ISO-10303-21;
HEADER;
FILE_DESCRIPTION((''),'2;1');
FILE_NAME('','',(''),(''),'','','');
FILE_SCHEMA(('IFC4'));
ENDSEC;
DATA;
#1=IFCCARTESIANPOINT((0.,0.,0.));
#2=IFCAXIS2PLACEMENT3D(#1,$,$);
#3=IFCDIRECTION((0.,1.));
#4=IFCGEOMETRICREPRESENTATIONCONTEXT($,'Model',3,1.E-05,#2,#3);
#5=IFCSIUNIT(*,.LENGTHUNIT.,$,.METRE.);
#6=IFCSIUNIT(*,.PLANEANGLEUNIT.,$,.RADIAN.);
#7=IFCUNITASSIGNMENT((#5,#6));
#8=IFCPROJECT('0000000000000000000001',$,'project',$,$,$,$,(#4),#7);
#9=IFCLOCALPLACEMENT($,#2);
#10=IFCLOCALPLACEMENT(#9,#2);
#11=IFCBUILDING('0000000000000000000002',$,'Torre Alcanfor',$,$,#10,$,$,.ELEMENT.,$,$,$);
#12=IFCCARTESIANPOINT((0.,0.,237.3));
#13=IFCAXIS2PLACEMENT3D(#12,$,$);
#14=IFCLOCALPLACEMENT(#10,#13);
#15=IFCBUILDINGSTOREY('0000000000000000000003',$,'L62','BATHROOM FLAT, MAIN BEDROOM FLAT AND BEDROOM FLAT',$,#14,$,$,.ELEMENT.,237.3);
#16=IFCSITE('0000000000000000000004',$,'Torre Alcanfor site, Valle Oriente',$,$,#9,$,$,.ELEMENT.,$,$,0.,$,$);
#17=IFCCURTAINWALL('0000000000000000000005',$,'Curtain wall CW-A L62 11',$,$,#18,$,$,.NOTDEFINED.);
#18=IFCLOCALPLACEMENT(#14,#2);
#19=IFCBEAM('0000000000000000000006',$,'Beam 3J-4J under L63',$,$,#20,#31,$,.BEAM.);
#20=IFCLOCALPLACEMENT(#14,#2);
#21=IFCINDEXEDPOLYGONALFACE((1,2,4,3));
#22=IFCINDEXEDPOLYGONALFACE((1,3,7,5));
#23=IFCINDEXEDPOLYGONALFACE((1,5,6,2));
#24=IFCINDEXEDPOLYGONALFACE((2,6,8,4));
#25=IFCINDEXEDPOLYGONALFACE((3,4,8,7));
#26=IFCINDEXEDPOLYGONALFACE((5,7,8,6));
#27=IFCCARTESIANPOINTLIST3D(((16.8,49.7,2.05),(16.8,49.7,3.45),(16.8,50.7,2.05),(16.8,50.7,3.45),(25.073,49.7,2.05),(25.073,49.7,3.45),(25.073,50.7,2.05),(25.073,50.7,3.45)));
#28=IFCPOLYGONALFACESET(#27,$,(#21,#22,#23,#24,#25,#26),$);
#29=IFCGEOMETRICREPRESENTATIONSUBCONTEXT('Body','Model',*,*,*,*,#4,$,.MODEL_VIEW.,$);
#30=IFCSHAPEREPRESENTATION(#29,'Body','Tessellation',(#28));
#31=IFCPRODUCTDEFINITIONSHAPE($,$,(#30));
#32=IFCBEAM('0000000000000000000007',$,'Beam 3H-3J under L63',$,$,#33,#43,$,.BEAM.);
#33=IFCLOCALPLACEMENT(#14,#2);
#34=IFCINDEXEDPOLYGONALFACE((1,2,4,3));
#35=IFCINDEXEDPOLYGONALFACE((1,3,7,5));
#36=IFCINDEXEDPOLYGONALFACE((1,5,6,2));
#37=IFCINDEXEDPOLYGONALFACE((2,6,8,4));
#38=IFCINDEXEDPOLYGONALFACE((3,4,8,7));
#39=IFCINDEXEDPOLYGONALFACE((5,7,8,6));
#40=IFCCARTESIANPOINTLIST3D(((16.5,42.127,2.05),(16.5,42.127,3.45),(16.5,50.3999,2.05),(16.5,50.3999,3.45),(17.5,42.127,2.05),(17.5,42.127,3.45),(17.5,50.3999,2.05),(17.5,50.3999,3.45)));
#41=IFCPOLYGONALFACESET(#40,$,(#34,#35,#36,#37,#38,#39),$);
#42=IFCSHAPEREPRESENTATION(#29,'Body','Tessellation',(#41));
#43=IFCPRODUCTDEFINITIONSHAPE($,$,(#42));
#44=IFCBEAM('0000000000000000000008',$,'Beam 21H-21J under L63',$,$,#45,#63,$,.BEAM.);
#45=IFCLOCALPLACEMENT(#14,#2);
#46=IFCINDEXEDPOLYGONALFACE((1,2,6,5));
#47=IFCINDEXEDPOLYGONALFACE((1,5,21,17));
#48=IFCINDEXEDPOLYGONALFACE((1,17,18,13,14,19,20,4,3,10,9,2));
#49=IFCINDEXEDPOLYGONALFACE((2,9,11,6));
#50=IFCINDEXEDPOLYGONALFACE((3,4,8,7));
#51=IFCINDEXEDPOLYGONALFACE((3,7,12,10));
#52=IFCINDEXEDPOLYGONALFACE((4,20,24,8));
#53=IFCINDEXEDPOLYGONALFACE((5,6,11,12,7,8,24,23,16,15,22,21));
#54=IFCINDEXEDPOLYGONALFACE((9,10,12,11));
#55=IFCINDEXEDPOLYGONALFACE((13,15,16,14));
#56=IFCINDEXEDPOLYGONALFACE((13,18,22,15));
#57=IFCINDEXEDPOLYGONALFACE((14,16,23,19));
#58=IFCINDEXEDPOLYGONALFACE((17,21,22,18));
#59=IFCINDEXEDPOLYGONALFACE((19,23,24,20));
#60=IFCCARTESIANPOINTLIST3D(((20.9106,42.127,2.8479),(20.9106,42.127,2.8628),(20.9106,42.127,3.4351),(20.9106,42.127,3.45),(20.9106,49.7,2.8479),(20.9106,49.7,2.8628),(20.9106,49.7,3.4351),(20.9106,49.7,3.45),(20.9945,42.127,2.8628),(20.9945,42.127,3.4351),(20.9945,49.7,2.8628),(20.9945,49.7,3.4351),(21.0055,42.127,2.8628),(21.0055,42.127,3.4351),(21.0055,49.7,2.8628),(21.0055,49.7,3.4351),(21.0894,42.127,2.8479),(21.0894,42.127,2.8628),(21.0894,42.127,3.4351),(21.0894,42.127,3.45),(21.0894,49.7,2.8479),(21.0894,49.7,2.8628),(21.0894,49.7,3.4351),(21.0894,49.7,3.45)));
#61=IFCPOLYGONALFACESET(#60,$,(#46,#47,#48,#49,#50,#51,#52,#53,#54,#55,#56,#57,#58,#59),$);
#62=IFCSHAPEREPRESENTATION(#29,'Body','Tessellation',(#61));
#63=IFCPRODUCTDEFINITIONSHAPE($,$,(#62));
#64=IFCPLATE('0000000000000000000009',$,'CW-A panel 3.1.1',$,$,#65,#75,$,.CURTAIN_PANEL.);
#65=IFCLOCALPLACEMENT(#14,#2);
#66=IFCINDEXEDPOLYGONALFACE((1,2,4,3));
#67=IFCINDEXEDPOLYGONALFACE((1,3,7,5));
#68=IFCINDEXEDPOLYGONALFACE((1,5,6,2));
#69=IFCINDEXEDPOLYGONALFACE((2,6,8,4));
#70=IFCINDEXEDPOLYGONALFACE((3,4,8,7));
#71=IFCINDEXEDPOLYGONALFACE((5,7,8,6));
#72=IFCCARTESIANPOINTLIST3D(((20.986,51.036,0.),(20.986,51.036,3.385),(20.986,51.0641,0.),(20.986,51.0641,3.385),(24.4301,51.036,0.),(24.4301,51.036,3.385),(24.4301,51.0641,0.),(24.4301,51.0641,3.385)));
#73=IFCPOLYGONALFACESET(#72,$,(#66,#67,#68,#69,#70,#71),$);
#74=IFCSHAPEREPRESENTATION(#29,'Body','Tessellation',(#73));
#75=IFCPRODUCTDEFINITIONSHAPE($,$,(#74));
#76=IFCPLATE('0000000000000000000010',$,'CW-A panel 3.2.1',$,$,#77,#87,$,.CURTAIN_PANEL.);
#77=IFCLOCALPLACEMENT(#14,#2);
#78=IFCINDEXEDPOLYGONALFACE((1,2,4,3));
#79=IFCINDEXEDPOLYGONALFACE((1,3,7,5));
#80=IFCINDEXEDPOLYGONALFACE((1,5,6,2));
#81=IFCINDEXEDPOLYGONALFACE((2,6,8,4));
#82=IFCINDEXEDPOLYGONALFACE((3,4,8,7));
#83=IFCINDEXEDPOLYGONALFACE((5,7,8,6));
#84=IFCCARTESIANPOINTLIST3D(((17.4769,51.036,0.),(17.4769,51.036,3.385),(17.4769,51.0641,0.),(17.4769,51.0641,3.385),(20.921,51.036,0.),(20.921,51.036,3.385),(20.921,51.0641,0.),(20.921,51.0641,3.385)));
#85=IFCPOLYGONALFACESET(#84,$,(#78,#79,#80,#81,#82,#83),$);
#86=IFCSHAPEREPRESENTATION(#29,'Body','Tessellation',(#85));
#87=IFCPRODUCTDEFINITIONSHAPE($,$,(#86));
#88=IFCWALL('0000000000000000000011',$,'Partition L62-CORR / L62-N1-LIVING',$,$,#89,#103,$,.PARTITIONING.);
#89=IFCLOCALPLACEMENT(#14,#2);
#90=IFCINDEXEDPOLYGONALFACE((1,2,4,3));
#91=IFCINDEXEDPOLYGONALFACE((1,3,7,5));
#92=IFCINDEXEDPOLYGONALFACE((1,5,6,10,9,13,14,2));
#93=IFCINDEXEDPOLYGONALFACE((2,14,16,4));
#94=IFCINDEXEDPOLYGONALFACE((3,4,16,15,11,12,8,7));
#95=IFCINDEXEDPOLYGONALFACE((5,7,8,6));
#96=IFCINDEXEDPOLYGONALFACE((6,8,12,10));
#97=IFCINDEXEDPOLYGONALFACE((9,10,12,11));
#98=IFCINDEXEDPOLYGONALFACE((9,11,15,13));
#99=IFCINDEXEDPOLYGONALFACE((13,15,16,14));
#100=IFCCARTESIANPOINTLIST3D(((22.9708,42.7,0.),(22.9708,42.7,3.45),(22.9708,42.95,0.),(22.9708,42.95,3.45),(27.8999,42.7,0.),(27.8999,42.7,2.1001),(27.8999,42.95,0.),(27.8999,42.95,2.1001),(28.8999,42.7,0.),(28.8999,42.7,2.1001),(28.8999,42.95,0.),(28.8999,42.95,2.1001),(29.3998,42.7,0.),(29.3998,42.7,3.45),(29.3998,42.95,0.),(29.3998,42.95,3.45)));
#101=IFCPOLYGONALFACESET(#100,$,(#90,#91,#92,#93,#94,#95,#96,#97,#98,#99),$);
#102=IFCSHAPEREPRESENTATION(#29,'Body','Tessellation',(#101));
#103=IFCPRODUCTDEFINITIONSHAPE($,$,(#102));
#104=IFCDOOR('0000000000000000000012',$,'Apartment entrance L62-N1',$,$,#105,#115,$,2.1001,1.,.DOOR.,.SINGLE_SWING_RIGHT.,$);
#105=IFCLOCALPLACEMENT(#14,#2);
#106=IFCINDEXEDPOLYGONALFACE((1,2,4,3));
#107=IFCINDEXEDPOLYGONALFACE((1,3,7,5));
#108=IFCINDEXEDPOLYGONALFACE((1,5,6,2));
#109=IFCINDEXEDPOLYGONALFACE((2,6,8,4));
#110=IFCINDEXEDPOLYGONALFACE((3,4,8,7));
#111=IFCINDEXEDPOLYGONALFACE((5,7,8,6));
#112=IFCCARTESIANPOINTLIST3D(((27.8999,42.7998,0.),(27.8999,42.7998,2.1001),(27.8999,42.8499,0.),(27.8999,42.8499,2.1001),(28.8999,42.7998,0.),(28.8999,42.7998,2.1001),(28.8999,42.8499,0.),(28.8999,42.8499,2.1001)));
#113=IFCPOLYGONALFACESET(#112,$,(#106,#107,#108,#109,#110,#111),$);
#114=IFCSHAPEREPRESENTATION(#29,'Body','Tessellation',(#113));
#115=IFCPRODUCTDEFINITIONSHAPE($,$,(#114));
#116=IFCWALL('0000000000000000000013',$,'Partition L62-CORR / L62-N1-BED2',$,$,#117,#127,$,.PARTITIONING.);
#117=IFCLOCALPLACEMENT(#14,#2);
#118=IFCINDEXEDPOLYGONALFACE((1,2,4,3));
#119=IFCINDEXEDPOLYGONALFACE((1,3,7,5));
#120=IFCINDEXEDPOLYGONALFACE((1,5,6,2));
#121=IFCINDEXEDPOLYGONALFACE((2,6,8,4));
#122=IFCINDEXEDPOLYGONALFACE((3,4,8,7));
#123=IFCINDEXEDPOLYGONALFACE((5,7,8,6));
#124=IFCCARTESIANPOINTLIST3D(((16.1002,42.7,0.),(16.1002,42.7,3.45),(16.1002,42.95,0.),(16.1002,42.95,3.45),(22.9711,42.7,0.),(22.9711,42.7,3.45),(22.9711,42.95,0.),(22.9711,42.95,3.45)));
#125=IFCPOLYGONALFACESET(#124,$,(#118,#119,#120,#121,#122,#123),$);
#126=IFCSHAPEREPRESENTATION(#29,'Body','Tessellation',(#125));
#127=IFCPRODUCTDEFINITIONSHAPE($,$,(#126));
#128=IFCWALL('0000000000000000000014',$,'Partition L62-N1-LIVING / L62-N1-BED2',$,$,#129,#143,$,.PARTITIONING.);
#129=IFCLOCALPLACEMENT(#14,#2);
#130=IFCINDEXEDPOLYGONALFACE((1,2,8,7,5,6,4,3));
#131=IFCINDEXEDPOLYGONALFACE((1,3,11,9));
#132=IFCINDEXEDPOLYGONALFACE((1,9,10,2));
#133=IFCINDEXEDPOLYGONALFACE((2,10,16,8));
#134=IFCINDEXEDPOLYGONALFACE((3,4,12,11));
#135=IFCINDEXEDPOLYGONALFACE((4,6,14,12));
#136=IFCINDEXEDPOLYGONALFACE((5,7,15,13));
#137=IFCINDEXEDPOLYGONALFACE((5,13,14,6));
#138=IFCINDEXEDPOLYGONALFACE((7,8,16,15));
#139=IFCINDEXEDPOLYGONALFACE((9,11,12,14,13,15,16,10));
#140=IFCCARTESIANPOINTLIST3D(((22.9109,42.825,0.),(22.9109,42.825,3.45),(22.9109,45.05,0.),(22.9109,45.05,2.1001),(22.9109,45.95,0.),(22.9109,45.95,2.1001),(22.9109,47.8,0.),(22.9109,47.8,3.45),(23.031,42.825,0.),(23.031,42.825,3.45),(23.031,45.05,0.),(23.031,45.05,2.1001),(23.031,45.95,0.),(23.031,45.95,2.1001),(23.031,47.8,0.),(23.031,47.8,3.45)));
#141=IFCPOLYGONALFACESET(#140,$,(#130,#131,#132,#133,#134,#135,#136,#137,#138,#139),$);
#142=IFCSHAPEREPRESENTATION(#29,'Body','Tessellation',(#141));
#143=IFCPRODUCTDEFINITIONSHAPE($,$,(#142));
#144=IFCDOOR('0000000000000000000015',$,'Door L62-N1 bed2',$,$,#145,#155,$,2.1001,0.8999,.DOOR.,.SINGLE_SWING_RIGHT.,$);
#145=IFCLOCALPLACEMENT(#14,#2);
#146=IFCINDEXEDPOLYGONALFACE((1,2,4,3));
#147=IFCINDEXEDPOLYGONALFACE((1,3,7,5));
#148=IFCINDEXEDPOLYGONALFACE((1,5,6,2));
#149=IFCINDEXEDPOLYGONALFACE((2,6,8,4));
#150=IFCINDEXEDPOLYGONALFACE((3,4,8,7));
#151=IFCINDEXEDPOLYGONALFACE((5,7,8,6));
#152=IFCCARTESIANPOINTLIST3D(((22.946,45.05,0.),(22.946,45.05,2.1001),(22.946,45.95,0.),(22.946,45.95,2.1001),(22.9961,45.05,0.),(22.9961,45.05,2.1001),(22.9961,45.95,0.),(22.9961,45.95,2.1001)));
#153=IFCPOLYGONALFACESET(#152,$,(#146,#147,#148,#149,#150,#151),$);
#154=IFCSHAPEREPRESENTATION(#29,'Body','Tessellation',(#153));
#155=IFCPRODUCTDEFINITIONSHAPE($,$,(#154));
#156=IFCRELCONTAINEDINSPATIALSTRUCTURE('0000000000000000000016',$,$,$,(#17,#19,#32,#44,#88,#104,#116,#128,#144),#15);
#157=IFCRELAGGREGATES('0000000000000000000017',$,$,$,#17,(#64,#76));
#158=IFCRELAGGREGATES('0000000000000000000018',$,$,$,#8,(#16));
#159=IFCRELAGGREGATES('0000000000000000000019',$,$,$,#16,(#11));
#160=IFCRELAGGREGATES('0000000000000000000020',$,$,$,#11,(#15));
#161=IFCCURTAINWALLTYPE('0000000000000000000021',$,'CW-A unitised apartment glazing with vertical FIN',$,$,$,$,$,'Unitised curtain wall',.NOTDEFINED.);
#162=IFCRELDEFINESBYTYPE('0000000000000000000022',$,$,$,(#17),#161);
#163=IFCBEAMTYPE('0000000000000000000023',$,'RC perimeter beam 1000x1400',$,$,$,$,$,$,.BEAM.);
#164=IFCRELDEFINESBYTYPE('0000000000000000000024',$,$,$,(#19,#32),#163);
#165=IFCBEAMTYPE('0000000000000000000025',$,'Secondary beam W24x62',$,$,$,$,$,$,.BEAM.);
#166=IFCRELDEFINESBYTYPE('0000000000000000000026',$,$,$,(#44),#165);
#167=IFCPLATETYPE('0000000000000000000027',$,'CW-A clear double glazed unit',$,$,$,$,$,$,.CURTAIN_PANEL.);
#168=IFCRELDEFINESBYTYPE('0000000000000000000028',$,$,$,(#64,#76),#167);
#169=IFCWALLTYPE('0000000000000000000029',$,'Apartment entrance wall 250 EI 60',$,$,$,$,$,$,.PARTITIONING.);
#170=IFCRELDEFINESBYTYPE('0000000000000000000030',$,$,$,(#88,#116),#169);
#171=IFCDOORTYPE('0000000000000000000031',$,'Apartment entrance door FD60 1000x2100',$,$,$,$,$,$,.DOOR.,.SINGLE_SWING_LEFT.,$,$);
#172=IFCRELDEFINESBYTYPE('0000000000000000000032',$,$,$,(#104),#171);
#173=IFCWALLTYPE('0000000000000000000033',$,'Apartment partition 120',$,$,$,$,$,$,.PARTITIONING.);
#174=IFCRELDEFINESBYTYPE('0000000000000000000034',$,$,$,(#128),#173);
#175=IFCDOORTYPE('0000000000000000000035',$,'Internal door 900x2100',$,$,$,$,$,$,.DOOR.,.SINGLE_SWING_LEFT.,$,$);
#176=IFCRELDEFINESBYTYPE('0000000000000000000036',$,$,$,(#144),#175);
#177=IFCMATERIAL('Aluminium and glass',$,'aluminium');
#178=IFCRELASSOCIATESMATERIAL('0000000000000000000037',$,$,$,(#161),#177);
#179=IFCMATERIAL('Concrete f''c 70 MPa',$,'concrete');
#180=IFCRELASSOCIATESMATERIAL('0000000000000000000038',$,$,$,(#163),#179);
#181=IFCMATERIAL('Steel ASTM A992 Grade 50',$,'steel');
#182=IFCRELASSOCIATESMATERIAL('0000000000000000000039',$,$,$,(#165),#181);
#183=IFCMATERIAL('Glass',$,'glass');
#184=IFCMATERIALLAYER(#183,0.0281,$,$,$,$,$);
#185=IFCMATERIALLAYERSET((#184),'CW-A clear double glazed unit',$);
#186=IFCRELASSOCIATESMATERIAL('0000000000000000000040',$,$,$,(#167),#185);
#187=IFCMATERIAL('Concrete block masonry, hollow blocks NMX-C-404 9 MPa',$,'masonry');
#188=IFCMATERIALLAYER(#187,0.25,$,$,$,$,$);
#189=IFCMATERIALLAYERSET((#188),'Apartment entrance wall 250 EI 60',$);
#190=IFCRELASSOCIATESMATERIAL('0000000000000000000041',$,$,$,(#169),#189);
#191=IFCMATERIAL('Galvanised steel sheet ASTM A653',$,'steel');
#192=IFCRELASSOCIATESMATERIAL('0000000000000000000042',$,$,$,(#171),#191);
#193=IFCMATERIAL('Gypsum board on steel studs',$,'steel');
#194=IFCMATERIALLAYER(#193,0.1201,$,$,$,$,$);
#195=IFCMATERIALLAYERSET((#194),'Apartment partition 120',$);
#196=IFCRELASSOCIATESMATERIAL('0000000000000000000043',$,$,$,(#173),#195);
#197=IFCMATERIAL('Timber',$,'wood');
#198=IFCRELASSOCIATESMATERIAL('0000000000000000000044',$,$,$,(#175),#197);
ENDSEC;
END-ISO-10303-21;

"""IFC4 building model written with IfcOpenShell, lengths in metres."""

from ifc_helpers import new_model, si_unit, direction, frame, frame_2d, origin, origin_2d, place, context, subcontext, project, spatial, rectangle, i_section, extrude, material, layer, layer_set, material_profile, profile_set, type_object, element, fill, aggregate, save


model = new_model("IFC4")

# Units and contexts
model_context = context("Model", 3, precision=1e-05, world=origin(), true_north=direction((0.0, 1.0)))
body_context = subcontext(model_context, "Body", "Model", "MODEL_VIEW")
ifc_project = project(units=[si_unit("LENGTHUNIT", "METRE"), si_unit("PLANEANGLEUNIT", "RADIAN")], contexts=[model_context])

# Site, building, storey
site_placement = place(None, origin())
site = spatial("IfcSite", under=ifc_project, at=site_placement, Name="Torre Alcanfor site, Valle Oriente", CompositionType="ELEMENT", RefElevation=0.0)
building_placement = place(site_placement, origin())
building = spatial("IfcBuilding", under=site, at=building_placement, Name="Torre Alcanfor", CompositionType="ELEMENT")
storey_placement = place(building_placement, frame((0.0, 0.0, 237.3)))
storey = spatial("IfcBuildingStorey", under=building, at=storey_placement, Name="L62", Description="BATHROOM FLAT, MAIN BEDROOM FLAT AND BEDROOM FLAT", CompositionType="ELEMENT", Elevation=237.3)

# Curtain wall
ifc_material_1 = material(Name="Aluminium and glass", Category="aluminium")
curtain_wall_type = type_object("IfcCurtainWallType", Name="CW-A unitised apartment glazing with vertical FIN", ElementType="Unitised curtain wall", PredefinedType="NOTDEFINED", material=ifc_material_1)
curtain_wall_placement = place(storey_placement, origin())
curtain_wall = element("IfcCurtainWall", 1, at=curtain_wall_placement, inside=storey, type_object=curtain_wall_type, Name="Curtain wall CW-A L62 11", PredefinedType="NOTDEFINED")

# Beams
ifc_material_2 = material(Name="Concrete f'c 70 MPa", Category="concrete")
ifc_material_profile_1 = material_profile(ifc_material_2, rectangle(XDim=1.0, YDim=1.3999, at=origin_2d()), Name="1000x1400")
ifc_profile_set_1 = profile_set([ifc_material_profile_1], Name="Concrete f'c 70 MPa")
beam_type_1 = type_object("IfcBeamType", Name="RC perimeter beam 1000x1400", PredefinedType="BEAM", material=ifc_profile_set_1)
for number, where, z_axis, x_axis, name in (
    (2, (16.8, 50.2, 2.75), (1.0, 0.0, 0.0), (0.0, 1.0, 0.0), "Beam 3J-4J under L63"),
    (3, (17.0, 42.127, 2.75), (0.0, 1.0, 0.0), (-1.0, 0.0, 0.0), "Beam 3H-3J under L63"),
):
    element("IfcBeam", number, at=place(storey_placement, frame(where, z_axis=z_axis, x_axis=x_axis)), inside=storey, type_object=beam_type_1, Name=name, PredefinedType="BEAM", context=body_context, shape_type="SweptSolid", body=[
        extrude(rectangle(XDim=1.0, YDim=1.3999, at=origin_2d()), origin(), (0.0, 0.0, 1.0), 8.2729),
    ])
ifc_material_3 = material(Name="Steel ASTM A992 Grade 50", Category="steel")
ifc_material_profile_2 = material_profile(ifc_material_3, i_section(OverallWidth=0.1787, OverallDepth=0.6021, WebThickness=0.011, FlangeThickness=0.0149, at=origin_2d()), Name="W24x62")
ifc_profile_set_2 = profile_set([ifc_material_profile_2], Name="Steel ASTM A992 Grade 50")
beam_type_2 = type_object("IfcBeamType", Name="Secondary beam W24x62", PredefinedType="BEAM", material=ifc_profile_set_2)
beam_1_placement = place(storey_placement, frame((21.0, 42.127, 3.1489), z_axis=(0.0, 1.0, 0.0), x_axis=(-1.0, 0.0, 0.0)))
element("IfcBeam", 4, at=beam_1_placement, inside=storey, type_object=beam_type_2, Name="Beam 21H-21J under L63", PredefinedType="BEAM", context=body_context, shape_type="SweptSolid", body=[
    extrude(i_section(OverallWidth=0.1787, OverallDepth=0.6021, WebThickness=0.011, FlangeThickness=0.0149, at=origin_2d()), origin(), (0.0, 0.0, 1.0), 7.573),
])

# Plates
ifc_material_4 = material(Name="Glass", Category="glass")
ifc_layer_1 = layer(ifc_material_4, 0.0281)
ifc_layer_set_1 = layer_set([ifc_layer_1], Name="CW-A clear double glazed unit")
plate_type = type_object("IfcPlateType", Name="CW-A clear double glazed unit", PredefinedType="CURTAIN_PANEL", material=ifc_layer_set_1)
plate_1_placement = place(storey_placement, frame((22.708, 51.05, 0.0), z_axis=(0.0, 0.0, 1.0), x_axis=(-1.0, 0.0, 0.0)))
plate_1 = element("IfcPlate", 5, at=plate_1_placement, type_object=plate_type, Name="CW-A panel 3.1.1", PredefinedType="CURTAIN_PANEL", context=body_context, shape_type="SweptSolid", body=[
    extrude(rectangle(XDim=3.4441, YDim=0.0281, at=origin_2d()), origin(), (0.0, 0.0, 1.0), 3.385),
])
plate_2_placement = place(storey_placement, frame((19.199, 51.05, 0.0), z_axis=(0.0, 0.0, 1.0), x_axis=(-1.0, 0.0, 0.0)))
plate_2 = element("IfcPlate", 6, at=plate_2_placement, type_object=plate_type, Name="CW-A panel 3.2.1", PredefinedType="CURTAIN_PANEL", context=body_context, shape_type="SweptSolid", body=[
    extrude(rectangle(XDim=3.4441, YDim=0.0281, at=origin_2d()), origin(), (0.0, 0.0, 1.0), 3.385),
])
aggregate(curtain_wall, [plate_1, plate_2])

# Wall, opening, door
ifc_material_5 = material(Name="Concrete block masonry, hollow blocks NMX-C-404 9 MPa", Category="masonry")
ifc_layer_2 = layer(ifc_material_5, 0.25)
ifc_layer_set_2 = layer_set([ifc_layer_2], Name="Apartment entrance wall 250 EI 60")
wall_type_1 = type_object("IfcWallType", Name="Apartment entrance wall 250 EI 60", PredefinedType="PARTITIONING", material=ifc_layer_set_2)
wall_1_placement = place(storey_placement, frame((22.9709, 42.825, 0.0), z_axis=(0.0, 0.0, 1.0), x_axis=(1.0, 0.0, 0.0)))
wall_1 = element("IfcWall", 7, at=wall_1_placement, inside=storey, type_object=wall_type_1, Name="Partition L62-CORR / L62-N1-LIVING", PredefinedType="PARTITIONING", context=body_context, shape_type="SweptSolid", body=[
    extrude(rectangle(XDim=6.429, YDim=0.25, at=frame_2d((3.2144, 0.0))), origin(), (0.0, 0.0, 1.0), 3.45),
])
opening_1_placement = place(wall_1_placement, frame((4.929, 0.0, 0.0)))
opening_1 = element("IfcOpeningElement", 8, at=opening_1_placement, cuts=wall_1, PredefinedType="OPENING", context=body_context, shape_type="SweptSolid", body=[
    extrude(rectangle(XDim=1.0, YDim=2.1001, at=frame_2d((0.5, 1.05))), frame((0.0, 0.135, 0.0), z_axis=(0.0, -1.0, 0.0), x_axis=(1.0, 0.0, 0.0)), (0.0, 0.0, 1.0), 0.27),
])
ifc_material_6 = material(Name="Galvanised steel sheet ASTM A653", Category="steel")
door_type_1 = type_object("IfcDoorType", Name="Apartment entrance door FD60 1000x2100", OperationType="SINGLE_SWING_LEFT", PredefinedType="DOOR", material=ifc_material_6)
door_1_placement = place(opening_1_placement, origin())
door_1 = element("IfcDoor", 9, at=door_1_placement, inside=storey, type_object=door_type_1, Name="Apartment entrance L62-N1", OperationType="SINGLE_SWING_RIGHT", OverallHeight=2.1001, OverallWidth=1.0, PredefinedType="DOOR", context=body_context, shape_type="SweptSolid", body=[
    extrude(rectangle(XDim=1.0, YDim=2.1001, at=frame_2d((0.5, 1.05))), frame((0.0, 0.0249, 0.0), z_axis=(0.0, -1.0, 0.0), x_axis=(1.0, 0.0, 0.0)), (0.0, 0.0, 1.0), 0.05),
])
fill(opening_1, door_1)

# Wall
wall_2_placement = place(storey_placement, frame((16.1001, 42.825, 0.0), z_axis=(0.0, 0.0, 1.0), x_axis=(1.0, 0.0, 0.0)))
element("IfcWall", 10, at=wall_2_placement, inside=storey, type_object=wall_type_1, Name="Partition L62-CORR / L62-N1-BED2", PredefinedType="PARTITIONING", context=body_context, shape_type="SweptSolid", body=[
    extrude(rectangle(XDim=6.8708, YDim=0.25, at=frame_2d((3.4355, 0.0))), origin(), (0.0, 0.0, 1.0), 3.45),
])

# Wall, opening, door
ifc_material_7 = material(Name="Gypsum board on steel studs", Category="steel")
ifc_layer_3 = layer(ifc_material_7, 0.1201)
ifc_layer_set_3 = layer_set([ifc_layer_3], Name="Apartment partition 120")
wall_type_2 = type_object("IfcWallType", Name="Apartment partition 120", PredefinedType="PARTITIONING", material=ifc_layer_set_3)
wall_3_placement = place(storey_placement, frame((22.9709, 42.825, 0.0), z_axis=(0.0, 0.0, 1.0), x_axis=(0.0, 1.0, 0.0)))
wall_3 = element("IfcWall", 11, at=wall_3_placement, inside=storey, type_object=wall_type_2, Name="Partition L62-N1-LIVING / L62-N1-BED2", PredefinedType="PARTITIONING", context=body_context, shape_type="SweptSolid", body=[
    extrude(rectangle(XDim=4.9751, YDim=0.1201, at=frame_2d((2.4875, 0.0))), origin(), (0.0, 0.0, 1.0), 3.45),
])
opening_2_placement = place(wall_3_placement, frame((2.2251, 0.0, 0.0)))
opening_2 = element("IfcOpeningElement", 12, at=opening_2_placement, cuts=wall_3, PredefinedType="OPENING", context=body_context, shape_type="SweptSolid", body=[
    extrude(rectangle(XDim=0.8999, YDim=2.1001, at=frame_2d((0.45, 1.05))), frame((0.0, 0.0701, 0.0), z_axis=(0.0, -1.0, 0.0), x_axis=(1.0, 0.0, 0.0)), (0.0, 0.0, 1.0), 0.1401),
])
ifc_material_8 = material(Name="Timber", Category="wood")
door_type_2 = type_object("IfcDoorType", Name="Internal door 900x2100", OperationType="SINGLE_SWING_LEFT", PredefinedType="DOOR", material=ifc_material_8)
door_2_placement = place(opening_2_placement, origin())
door_2 = element("IfcDoor", 13, at=door_2_placement, inside=storey, type_object=door_type_2, Name="Door L62-N1 bed2", OperationType="SINGLE_SWING_RIGHT", OverallHeight=2.1001, OverallWidth=0.8999, PredefinedType="DOOR", context=body_context, shape_type="SweptSolid", body=[
    extrude(rectangle(XDim=0.8999, YDim=2.1001, at=frame_2d((0.45, 1.05))), frame((0.0, 0.0249, 0.0), z_axis=(0.0, -1.0, 0.0), x_axis=(1.0, 0.0, 0.0)), (0.0, 0.0, 1.0), 0.05),
])
fill(opening_2, door_2)

save(model, "model.ifc")
